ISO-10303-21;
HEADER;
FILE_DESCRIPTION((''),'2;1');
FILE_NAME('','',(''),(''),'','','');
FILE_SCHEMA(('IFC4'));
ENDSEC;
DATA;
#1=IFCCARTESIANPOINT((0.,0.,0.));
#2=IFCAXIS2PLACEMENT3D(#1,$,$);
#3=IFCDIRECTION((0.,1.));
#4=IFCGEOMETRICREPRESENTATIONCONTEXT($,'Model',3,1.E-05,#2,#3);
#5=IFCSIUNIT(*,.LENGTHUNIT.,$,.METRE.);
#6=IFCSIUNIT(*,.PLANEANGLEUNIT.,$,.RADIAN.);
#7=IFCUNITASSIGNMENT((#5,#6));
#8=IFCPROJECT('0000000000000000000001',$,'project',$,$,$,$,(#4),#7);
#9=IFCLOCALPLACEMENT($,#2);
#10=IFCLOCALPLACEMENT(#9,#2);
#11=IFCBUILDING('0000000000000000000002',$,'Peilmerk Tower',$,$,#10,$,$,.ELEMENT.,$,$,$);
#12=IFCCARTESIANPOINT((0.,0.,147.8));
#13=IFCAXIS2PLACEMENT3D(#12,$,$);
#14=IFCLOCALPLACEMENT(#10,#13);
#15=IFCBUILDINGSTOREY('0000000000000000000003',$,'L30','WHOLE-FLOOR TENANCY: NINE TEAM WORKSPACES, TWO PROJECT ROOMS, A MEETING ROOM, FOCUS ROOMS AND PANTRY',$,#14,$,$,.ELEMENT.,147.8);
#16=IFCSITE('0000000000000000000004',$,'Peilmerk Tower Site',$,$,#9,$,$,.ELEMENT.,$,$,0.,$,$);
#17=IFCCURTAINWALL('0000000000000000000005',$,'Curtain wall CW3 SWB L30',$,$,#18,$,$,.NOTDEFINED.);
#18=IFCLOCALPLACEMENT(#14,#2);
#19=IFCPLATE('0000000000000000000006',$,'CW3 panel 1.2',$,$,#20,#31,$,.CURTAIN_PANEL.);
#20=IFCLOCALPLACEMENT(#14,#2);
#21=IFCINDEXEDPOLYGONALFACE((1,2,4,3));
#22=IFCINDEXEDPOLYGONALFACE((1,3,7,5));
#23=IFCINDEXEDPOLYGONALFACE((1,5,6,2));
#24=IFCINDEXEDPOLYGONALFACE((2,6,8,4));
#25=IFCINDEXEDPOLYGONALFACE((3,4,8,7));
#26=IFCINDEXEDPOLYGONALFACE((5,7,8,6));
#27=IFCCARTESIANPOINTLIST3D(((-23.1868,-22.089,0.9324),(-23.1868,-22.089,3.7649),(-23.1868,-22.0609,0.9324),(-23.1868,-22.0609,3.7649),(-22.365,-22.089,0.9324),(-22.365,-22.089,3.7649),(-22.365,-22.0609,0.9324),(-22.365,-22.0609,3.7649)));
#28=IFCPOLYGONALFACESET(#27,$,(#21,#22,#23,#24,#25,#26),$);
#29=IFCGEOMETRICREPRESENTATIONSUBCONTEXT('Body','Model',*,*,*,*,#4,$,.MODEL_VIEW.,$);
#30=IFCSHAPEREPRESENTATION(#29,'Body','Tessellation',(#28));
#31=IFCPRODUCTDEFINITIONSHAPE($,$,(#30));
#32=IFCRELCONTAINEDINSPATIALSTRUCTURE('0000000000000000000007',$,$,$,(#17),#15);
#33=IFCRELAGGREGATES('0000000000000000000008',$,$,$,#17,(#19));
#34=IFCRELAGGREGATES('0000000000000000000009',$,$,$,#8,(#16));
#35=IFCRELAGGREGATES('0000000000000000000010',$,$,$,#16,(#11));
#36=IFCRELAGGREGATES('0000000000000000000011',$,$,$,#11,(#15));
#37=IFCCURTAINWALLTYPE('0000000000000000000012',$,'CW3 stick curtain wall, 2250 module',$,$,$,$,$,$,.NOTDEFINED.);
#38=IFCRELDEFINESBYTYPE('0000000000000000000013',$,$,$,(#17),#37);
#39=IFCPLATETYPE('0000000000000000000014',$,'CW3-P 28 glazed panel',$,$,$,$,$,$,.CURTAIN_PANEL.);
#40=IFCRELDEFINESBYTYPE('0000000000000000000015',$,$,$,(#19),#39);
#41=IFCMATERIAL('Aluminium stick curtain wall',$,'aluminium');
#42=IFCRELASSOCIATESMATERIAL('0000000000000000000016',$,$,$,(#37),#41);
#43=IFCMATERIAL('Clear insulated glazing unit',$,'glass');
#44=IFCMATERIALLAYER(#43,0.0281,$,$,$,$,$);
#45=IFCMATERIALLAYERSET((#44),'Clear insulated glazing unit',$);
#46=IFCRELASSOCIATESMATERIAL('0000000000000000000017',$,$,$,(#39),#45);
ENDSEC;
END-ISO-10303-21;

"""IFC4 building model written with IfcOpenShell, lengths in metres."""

from ifc_helpers import new_model, si_unit, direction, frame, origin, origin_2d, place, context, subcontext, project, spatial, rectangle, extrude, material, layer, layer_set, type_object, element, aggregate, save


model = new_model("IFC4")

# Units and contexts
model_context = context("Model", 3, precision=1e-05, world=origin(), true_north=direction((0.0, 1.0)))
body_context = subcontext(model_context, "Body", "Model", "MODEL_VIEW")
ifc_project = project(units=[si_unit("LENGTHUNIT", "METRE"), si_unit("PLANEANGLEUNIT", "RADIAN")], contexts=[model_context])

# Site, building, storey
site_placement = place(None, origin())
site = spatial("IfcSite", under=ifc_project, at=site_placement, Name="Peilmerk Tower Site", CompositionType="ELEMENT", RefElevation=0.0)
building_placement = place(site_placement, origin())
building = spatial("IfcBuilding", under=site, at=building_placement, Name="Peilmerk Tower", CompositionType="ELEMENT")
storey_placement = place(building_placement, frame((0.0, 0.0, 147.8)))
storey = spatial("IfcBuildingStorey", under=building, at=storey_placement, Name="L30", Description="WHOLE-FLOOR TENANCY: NINE TEAM WORKSPACES, TWO PROJECT ROOMS, A MEETING ROOM, FOCUS ROOMS AND PANTRY", CompositionType="ELEMENT", Elevation=147.8)

# Curtain wall, plate
ifc_material_1 = material(Name="Aluminium stick curtain wall", Category="aluminium")
curtain_wall_type = type_object("IfcCurtainWallType", Name="CW3 stick curtain wall, 2250 module", PredefinedType="NOTDEFINED", material=ifc_material_1)
curtain_wall_placement = place(storey_placement, origin())
curtain_wall = element("IfcCurtainWall", 1, at=curtain_wall_placement, inside=storey, type_object=curtain_wall_type, Name="Curtain wall CW3 SWB L30", PredefinedType="NOTDEFINED")
ifc_material_2 = material(Name="Clear insulated glazing unit", Category="glass")
ifc_layer = layer(ifc_material_2, 0.0281)
ifc_layer_set = layer_set([ifc_layer], Name="Clear insulated glazing unit")
plate_type = type_object("IfcPlateType", Name="CW3-P 28 glazed panel", PredefinedType="CURTAIN_PANEL", material=ifc_layer_set)
plate_1_placement = place(storey_placement, frame((-22.7759, -22.075, 0.9324), z_axis=(0.0, 0.0, 1.0), x_axis=(-1.0, 0.0, 0.0)))
plate_1 = element("IfcPlate", 2, at=plate_1_placement, type_object=plate_type, Name="CW3 panel 1.2", PredefinedType="CURTAIN_PANEL", context=body_context, shape_type="SweptSolid", body=[
    extrude(rectangle(XDim=0.8218, YDim=0.0281, at=origin_2d()), origin(), (0.0, 0.0, 1.0), 2.8325),
])
aggregate(curtain_wall, [plate_1])

save(model, "model.ifc")
